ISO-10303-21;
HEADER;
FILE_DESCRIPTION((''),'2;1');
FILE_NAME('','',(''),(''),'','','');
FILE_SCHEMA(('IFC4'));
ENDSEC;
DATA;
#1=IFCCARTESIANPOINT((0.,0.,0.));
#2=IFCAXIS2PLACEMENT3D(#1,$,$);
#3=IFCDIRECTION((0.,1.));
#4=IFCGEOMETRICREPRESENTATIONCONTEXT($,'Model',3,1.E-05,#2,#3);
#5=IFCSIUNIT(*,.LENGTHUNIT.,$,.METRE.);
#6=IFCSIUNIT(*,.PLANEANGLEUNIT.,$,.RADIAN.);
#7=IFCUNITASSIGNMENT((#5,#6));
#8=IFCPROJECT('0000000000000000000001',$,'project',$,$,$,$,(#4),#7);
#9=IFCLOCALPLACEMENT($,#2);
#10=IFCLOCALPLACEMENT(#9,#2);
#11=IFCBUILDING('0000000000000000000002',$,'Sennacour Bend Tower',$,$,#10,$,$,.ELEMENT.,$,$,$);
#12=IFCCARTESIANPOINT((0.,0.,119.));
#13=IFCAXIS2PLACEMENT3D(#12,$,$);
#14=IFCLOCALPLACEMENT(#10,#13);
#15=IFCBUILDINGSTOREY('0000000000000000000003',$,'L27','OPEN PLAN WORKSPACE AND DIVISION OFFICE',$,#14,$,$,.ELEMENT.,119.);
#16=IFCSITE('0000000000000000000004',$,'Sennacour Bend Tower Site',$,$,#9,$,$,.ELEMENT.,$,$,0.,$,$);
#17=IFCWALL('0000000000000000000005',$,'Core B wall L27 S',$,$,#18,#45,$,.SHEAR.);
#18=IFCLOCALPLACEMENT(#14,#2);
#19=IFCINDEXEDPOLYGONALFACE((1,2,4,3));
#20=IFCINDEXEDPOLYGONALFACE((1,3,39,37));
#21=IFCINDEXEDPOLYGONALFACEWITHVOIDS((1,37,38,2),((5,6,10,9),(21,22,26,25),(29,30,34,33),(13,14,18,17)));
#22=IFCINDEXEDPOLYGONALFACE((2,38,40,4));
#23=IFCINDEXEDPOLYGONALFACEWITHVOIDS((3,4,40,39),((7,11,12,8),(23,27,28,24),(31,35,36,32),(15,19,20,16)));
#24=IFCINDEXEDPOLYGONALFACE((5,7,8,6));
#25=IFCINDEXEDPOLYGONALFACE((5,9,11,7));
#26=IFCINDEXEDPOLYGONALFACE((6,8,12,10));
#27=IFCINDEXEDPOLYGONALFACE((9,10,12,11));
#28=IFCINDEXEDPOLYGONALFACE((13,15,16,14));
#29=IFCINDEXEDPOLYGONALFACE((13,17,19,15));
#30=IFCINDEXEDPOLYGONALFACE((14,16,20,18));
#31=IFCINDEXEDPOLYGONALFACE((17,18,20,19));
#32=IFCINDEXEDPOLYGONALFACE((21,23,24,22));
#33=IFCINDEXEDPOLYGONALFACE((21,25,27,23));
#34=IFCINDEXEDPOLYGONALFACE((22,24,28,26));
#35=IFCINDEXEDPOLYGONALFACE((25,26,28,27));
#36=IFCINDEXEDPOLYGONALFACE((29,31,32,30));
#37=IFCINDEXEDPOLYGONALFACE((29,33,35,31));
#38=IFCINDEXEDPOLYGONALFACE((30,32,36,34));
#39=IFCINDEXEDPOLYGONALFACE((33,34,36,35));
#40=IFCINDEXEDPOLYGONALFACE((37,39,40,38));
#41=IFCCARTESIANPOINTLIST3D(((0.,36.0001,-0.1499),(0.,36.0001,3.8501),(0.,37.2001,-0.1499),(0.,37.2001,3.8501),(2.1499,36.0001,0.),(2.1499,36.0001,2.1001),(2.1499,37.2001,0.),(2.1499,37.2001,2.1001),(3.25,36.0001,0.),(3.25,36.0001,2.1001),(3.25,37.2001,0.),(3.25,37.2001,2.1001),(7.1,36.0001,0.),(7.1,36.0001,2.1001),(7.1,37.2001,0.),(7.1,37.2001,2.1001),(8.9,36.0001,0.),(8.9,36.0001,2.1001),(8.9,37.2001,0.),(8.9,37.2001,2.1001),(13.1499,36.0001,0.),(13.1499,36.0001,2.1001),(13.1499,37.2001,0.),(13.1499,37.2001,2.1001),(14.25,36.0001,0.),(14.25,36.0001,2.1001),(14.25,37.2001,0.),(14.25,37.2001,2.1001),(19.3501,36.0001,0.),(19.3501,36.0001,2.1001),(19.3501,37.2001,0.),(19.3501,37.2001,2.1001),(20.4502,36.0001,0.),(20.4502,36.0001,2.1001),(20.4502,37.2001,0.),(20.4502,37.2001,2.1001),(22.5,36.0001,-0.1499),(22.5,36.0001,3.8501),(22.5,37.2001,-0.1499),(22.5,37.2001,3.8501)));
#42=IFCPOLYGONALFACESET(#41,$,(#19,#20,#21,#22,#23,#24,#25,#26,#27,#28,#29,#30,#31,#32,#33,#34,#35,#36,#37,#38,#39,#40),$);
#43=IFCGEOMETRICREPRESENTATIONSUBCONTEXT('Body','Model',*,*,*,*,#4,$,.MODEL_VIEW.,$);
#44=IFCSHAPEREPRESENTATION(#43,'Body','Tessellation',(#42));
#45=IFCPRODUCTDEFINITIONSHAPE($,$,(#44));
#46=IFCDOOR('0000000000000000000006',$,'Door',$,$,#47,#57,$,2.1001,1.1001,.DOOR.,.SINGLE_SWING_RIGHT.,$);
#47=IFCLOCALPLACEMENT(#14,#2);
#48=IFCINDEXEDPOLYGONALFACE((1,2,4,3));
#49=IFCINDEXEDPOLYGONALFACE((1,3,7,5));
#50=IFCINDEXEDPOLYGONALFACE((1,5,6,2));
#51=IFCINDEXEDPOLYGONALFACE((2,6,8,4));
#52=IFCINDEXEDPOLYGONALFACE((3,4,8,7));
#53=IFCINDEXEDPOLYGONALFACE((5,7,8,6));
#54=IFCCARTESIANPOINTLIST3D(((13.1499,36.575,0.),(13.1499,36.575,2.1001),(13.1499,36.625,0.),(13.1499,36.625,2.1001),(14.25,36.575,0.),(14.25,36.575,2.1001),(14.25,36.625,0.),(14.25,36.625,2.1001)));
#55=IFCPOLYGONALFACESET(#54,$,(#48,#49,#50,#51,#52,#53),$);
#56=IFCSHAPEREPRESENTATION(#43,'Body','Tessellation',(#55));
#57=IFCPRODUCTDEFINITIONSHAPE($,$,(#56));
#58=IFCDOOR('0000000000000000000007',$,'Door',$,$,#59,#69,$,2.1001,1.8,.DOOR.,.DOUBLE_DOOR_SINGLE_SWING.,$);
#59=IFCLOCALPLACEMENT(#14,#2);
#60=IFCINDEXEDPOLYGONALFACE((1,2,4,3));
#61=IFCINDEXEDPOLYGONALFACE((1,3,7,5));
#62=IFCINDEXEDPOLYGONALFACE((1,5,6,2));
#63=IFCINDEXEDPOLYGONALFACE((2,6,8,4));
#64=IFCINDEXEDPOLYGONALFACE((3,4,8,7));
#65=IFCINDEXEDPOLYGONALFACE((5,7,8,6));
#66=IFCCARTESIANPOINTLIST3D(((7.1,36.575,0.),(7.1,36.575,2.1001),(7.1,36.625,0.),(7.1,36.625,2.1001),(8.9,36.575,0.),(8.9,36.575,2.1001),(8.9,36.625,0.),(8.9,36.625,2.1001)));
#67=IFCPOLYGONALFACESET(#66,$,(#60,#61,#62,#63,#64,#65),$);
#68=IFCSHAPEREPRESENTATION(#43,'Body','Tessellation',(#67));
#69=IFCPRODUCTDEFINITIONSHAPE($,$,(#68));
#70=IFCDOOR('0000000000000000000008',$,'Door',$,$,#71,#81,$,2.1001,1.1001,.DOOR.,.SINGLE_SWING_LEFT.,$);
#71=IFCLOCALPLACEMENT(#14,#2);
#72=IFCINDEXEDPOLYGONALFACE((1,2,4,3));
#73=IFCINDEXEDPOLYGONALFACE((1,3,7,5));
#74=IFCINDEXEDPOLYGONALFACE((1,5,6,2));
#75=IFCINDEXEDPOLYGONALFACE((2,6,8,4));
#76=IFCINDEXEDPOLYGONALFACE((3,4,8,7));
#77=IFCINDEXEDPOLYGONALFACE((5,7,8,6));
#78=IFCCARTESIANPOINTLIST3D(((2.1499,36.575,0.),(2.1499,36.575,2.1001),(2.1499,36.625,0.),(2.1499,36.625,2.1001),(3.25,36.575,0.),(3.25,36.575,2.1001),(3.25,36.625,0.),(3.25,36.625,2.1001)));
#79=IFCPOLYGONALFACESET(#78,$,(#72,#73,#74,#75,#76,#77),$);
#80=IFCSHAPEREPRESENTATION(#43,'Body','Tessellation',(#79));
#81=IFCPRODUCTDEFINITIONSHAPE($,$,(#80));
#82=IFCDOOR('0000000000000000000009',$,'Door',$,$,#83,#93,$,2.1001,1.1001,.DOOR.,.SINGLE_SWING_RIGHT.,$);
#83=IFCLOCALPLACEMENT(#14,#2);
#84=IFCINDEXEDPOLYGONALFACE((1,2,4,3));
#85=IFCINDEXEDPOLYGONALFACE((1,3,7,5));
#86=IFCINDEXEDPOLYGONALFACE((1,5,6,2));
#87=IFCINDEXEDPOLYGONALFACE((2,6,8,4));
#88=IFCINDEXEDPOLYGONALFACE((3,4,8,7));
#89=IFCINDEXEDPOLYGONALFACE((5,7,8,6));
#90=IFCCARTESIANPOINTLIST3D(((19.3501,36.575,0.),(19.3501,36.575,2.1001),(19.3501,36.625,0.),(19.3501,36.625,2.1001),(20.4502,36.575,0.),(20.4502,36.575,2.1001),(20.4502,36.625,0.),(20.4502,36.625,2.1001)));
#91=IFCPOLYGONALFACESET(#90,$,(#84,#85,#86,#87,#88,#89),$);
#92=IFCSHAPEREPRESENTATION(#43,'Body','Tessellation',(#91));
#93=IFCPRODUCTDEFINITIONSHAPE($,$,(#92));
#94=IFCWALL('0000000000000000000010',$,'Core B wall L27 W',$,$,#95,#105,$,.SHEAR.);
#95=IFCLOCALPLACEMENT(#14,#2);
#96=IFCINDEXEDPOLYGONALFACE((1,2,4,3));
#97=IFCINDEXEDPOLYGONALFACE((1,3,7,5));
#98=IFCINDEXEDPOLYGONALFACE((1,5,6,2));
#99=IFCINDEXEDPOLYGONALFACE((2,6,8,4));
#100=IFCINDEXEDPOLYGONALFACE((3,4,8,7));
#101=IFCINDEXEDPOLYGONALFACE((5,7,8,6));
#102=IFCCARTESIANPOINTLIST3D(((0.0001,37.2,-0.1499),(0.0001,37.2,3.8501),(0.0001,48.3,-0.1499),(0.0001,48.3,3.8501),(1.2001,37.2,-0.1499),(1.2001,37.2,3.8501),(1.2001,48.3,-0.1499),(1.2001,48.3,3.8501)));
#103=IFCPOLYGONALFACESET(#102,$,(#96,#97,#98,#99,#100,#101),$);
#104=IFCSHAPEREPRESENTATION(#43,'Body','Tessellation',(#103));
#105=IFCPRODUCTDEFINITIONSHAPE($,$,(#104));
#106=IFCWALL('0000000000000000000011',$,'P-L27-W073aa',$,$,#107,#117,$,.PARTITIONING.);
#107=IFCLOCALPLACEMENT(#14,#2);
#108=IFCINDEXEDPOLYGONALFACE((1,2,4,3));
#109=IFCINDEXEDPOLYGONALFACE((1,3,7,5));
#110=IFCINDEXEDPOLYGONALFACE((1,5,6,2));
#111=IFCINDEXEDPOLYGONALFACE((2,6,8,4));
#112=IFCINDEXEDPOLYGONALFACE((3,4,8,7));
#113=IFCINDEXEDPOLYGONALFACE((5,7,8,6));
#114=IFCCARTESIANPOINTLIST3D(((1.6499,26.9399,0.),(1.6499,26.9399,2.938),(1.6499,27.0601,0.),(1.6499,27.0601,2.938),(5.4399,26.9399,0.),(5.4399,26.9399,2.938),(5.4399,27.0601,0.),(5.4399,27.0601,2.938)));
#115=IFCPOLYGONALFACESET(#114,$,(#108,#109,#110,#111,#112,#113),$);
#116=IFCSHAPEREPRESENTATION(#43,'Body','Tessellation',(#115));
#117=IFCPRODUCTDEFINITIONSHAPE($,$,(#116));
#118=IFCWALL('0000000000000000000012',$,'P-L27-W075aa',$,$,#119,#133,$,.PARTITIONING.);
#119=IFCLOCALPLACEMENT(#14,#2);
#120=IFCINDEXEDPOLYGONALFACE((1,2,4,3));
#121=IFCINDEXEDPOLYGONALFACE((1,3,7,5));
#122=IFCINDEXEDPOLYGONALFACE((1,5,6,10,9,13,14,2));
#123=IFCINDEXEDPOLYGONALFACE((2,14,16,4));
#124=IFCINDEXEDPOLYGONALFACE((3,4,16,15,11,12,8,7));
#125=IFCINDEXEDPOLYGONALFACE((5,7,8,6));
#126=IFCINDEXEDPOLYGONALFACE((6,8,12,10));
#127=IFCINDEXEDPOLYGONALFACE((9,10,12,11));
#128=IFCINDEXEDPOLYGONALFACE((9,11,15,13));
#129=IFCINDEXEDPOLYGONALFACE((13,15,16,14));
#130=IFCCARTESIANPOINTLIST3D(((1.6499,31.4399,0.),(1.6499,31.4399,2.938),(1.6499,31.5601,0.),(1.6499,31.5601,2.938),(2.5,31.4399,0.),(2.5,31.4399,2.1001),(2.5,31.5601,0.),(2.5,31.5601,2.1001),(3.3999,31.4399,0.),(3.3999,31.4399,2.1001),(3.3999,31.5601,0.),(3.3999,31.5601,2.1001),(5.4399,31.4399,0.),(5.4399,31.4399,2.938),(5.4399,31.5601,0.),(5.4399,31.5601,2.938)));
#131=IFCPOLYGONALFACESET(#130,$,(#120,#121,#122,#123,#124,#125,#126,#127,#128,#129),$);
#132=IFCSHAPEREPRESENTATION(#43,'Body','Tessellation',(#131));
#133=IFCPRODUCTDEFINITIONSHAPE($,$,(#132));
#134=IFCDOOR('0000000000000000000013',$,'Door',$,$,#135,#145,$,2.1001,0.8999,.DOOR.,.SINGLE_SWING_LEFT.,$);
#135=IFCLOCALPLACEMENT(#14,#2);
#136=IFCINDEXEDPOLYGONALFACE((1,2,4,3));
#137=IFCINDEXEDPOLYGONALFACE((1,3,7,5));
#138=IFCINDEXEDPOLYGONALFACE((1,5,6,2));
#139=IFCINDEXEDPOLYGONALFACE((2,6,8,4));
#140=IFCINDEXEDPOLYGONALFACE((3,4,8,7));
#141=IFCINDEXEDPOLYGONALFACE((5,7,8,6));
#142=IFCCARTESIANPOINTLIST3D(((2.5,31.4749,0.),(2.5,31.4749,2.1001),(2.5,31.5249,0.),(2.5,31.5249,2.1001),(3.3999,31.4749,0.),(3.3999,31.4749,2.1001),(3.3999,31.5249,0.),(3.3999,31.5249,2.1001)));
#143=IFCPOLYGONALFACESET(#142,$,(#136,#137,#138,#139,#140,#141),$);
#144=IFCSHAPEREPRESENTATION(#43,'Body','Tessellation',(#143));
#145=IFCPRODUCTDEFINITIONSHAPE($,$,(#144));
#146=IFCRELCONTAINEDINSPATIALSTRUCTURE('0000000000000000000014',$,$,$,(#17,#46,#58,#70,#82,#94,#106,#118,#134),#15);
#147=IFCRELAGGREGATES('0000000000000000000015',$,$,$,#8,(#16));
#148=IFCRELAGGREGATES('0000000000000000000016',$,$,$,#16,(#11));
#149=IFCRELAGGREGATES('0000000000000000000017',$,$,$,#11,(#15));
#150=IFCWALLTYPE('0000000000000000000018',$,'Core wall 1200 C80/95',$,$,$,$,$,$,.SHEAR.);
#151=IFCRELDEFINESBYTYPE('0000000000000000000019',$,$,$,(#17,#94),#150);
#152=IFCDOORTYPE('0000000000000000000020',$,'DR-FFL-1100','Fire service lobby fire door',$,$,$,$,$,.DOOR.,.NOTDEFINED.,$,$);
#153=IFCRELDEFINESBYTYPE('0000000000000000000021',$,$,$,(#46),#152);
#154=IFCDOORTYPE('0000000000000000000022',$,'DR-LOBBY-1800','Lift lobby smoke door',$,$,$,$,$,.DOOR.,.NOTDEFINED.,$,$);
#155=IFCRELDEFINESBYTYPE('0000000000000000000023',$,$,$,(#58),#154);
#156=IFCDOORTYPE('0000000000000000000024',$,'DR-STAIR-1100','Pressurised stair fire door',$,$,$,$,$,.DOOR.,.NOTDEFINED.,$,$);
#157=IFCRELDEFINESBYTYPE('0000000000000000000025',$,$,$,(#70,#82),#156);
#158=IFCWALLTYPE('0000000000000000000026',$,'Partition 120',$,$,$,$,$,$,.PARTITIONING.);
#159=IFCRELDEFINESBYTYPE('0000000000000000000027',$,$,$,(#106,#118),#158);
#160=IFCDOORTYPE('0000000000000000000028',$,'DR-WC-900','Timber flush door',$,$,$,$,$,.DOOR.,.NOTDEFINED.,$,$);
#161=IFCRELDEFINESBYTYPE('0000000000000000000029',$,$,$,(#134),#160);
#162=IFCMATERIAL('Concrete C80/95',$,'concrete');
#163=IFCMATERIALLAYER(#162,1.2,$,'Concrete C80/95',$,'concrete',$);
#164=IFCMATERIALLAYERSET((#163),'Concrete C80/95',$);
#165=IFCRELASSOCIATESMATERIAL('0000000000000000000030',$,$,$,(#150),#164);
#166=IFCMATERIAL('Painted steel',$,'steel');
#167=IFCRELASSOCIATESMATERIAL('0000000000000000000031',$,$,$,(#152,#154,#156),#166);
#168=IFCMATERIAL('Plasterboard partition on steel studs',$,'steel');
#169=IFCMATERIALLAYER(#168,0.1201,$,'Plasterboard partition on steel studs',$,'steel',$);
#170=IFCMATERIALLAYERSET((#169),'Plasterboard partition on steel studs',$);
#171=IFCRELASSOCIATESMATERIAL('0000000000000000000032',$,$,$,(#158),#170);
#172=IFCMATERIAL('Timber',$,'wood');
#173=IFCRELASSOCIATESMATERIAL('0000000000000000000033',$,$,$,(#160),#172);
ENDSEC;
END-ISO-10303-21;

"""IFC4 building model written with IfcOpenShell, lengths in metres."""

from ifc_helpers import new_model, si_unit, direction, frame, frame_2d, origin, place, context, subcontext, project, spatial, rectangle, extrude, material, layer, layer_set, type_object, element, fill, save


model = new_model("IFC4")

# Units and contexts
model_context = context("Model", 3, precision=1e-05, world=origin(), true_north=direction((0.0, 1.0)))
body_context = subcontext(model_context, "Body", "Model", "MODEL_VIEW")
ifc_project = project(units=[si_unit("LENGTHUNIT", "METRE"), si_unit("PLANEANGLEUNIT", "RADIAN")], contexts=[model_context])

# Site, building, storey
site_placement = place(None, origin())
site = spatial("IfcSite", under=ifc_project, at=site_placement, Name="Sennacour Bend Tower Site", CompositionType="ELEMENT", RefElevation=0.0)
building_placement = place(site_placement, origin())
building = spatial("IfcBuilding", under=site, at=building_placement, Name="Sennacour Bend Tower", CompositionType="ELEMENT")
storey_placement = place(building_placement, frame((0.0, 0.0, 119.0)))
storey = spatial("IfcBuildingStorey", under=building, at=storey_placement, Name="L27", Description="OPEN PLAN WORKSPACE AND DIVISION OFFICE", CompositionType="ELEMENT", Elevation=119.0)

# Wall, openings, doors
ifc_material_1 = material(Name="Concrete C80/95", Category="concrete")
ifc_layer_1 = layer(ifc_material_1, 1.2, Name="Concrete C80/95", Category="concrete")
ifc_layer_set_1 = layer_set([ifc_layer_1], Name="Concrete C80/95")
wall_type_1 = type_object("IfcWallType", Name="Core wall 1200 C80/95", PredefinedType="SHEAR", material=ifc_layer_set_1)
wall_1_placement = place(storey_placement, frame((0.0, 36.6001, -0.1499), z_axis=(0.0, 0.0, 1.0), x_axis=(1.0, 0.0, 0.0)))
wall_1 = element("IfcWall", 1, at=wall_1_placement, inside=storey, type_object=wall_type_1, Name="Core B wall L27 S", PredefinedType="SHEAR", context=body_context, shape_type="SweptSolid", body=[
    extrude(rectangle(XDim=22.5, YDim=1.2, at=frame_2d((11.25, 0.0))), origin(), (0.0, 0.0, 1.0), 4.0),
])
opening_1_placement = place(wall_1_placement, frame((7.1001, 0.0, 0.1499)))
opening_1 = element("IfcOpeningElement", 2, at=opening_1_placement, cuts=wall_1, PredefinedType="OPENING", context=body_context, shape_type="SweptSolid", body=[
    extrude(rectangle(XDim=1.8, YDim=2.1001, at=frame_2d((0.8999, 1.05))), frame((0.0, 0.6099, 0.0), z_axis=(0.0, -1.0, 0.0), x_axis=(1.0, 0.0, 0.0)), (0.0, 0.0, 1.0), 1.22),
])
opening_2_placement = place(wall_1_placement, frame((13.1499, 0.0, 0.1499)))
opening_2 = element("IfcOpeningElement", 3, at=opening_2_placement, cuts=wall_1, PredefinedType="OPENING", context=body_context, shape_type="SweptSolid", body=[
    extrude(rectangle(XDim=1.1001, YDim=2.1001, at=frame_2d((0.55, 1.05))), frame((0.0, 0.6099, 0.0), z_axis=(0.0, -1.0, 0.0), x_axis=(1.0, 0.0, 0.0)), (0.0, 0.0, 1.0), 1.22),
])
opening_3_placement = place(wall_1_placement, frame((2.1499, 0.0, 0.1499)))
opening_3 = element("IfcOpeningElement", 4, at=opening_3_placement, cuts=wall_1, PredefinedType="OPENING", context=body_context, shape_type="SweptSolid", body=[
    extrude(rectangle(XDim=1.1001, YDim=2.1001, at=frame_2d((0.55, 1.05))), frame((0.0, 0.6099, 0.0), z_axis=(0.0, -1.0, 0.0), x_axis=(1.0, 0.0, 0.0)), (0.0, 0.0, 1.0), 1.22),
])
opening_4_placement = place(wall_1_placement, frame((19.3501, 0.0, 0.1499)))
opening_4 = element("IfcOpeningElement", 5, at=opening_4_placement, cuts=wall_1, PredefinedType="OPENING", context=body_context, shape_type="SweptSolid", body=[
    extrude(rectangle(XDim=1.1001, YDim=2.1001, at=frame_2d((0.55, 1.05))), frame((0.0, 0.6099, 0.0), z_axis=(0.0, -1.0, 0.0), x_axis=(1.0, 0.0, 0.0)), (0.0, 0.0, 1.0), 1.22),
])
ifc_material_2 = material(Name="Painted steel", Category="steel")
door_type_1 = type_object("IfcDoorType", Name="DR-FFL-1100", Description="Fire service lobby fire door", OperationType="NOTDEFINED", PredefinedType="DOOR", material=ifc_material_2)
door_1_placement = place(opening_2_placement, origin())
door_1 = element("IfcDoor", 6, at=door_1_placement, inside=storey, type_object=door_type_1, Name="Door", OperationType="SINGLE_SWING_RIGHT", OverallHeight=2.1001, OverallWidth=1.1001, PredefinedType="DOOR", context=body_context, shape_type="SweptSolid", body=[
    extrude(rectangle(XDim=1.1001, YDim=2.1001, at=frame_2d((0.55, 1.05))), frame((0.0, 0.0249, 0.0), z_axis=(0.0, -1.0, 0.0), x_axis=(1.0, 0.0, 0.0)), (0.0, 0.0, 1.0), 0.05),
])
fill(opening_2, door_1)
door_type_2 = type_object("IfcDoorType", Name="DR-LOBBY-1800", Description="Lift lobby smoke door", OperationType="NOTDEFINED", PredefinedType="DOOR", material=ifc_material_2)
door_2_placement = place(opening_1_placement, origin())
door_2 = element("IfcDoor", 7, at=door_2_placement, inside=storey, type_object=door_type_2, Name="Door", OperationType="DOUBLE_DOOR_SINGLE_SWING", OverallHeight=2.1001, OverallWidth=1.8, PredefinedType="DOOR", context=body_context, shape_type="SweptSolid", body=[
    extrude(rectangle(XDim=1.8, YDim=2.1001, at=frame_2d((0.8999, 1.05))), frame((0.0, 0.0249, 0.0), z_axis=(0.0, -1.0, 0.0), x_axis=(1.0, 0.0, 0.0)), (0.0, 0.0, 1.0), 0.05),
])
fill(opening_1, door_2)
door_type_3 = type_object("IfcDoorType", Name="DR-STAIR-1100", Description="Pressurised stair fire door", OperationType="NOTDEFINED", PredefinedType="DOOR", material=ifc_material_2)
door_3_placement = place(opening_3_placement, origin())
door_3 = element("IfcDoor", 8, at=door_3_placement, inside=storey, type_object=door_type_3, Name="Door", OperationType="SINGLE_SWING_LEFT", OverallHeight=2.1001, OverallWidth=1.1001, PredefinedType="DOOR", context=body_context, shape_type="SweptSolid", body=[
    extrude(rectangle(XDim=1.1001, YDim=2.1001, at=frame_2d((0.55, 1.05))), frame((0.0, 0.0249, 0.0), z_axis=(0.0, -1.0, 0.0), x_axis=(1.0, 0.0, 0.0)), (0.0, 0.0, 1.0), 0.05),
])
fill(opening_3, door_3)
door_4_placement = place(opening_4_placement, origin())
door_4 = element("IfcDoor", 9, at=door_4_placement, inside=storey, type_object=door_type_3, Name="Door", OperationType="SINGLE_SWING_RIGHT", OverallHeight=2.1001, OverallWidth=1.1001, PredefinedType="DOOR", context=body_context, shape_type="SweptSolid", body=[
    extrude(rectangle(XDim=1.1001, YDim=2.1001, at=frame_2d((0.55, 1.05))), frame((0.0, 0.0249, 0.0), z_axis=(0.0, -1.0, 0.0), x_axis=(1.0, 0.0, 0.0)), (0.0, 0.0, 1.0), 0.05),
])
fill(opening_4, door_4)

# Walls
wall_2_placement = place(storey_placement, frame((0.6001, 37.2, -0.1499), z_axis=(0.0, 0.0, 1.0), x_axis=(0.0, 1.0, 0.0)))
element("IfcWall", 10, at=wall_2_placement, inside=storey, type_object=wall_type_1, Name="Core B wall L27 W", PredefinedType="SHEAR", context=body_context, shape_type="SweptSolid", body=[
    extrude(rectangle(XDim=11.1001, YDim=1.2, at=frame_2d((5.55, 0.0))), origin(), (0.0, 0.0, 1.0), 4.0),
])
ifc_material_3 = material(Name="Plasterboard partition on steel studs", Category="steel")
ifc_layer_2 = layer(ifc_material_3, 0.1201, Name="Plasterboard partition on steel studs", Category="steel")
ifc_layer_set_2 = layer_set([ifc_layer_2], Name="Plasterboard partition on steel studs")
wall_type_2 = type_object("IfcWallType", Name="Partition 120", PredefinedType="PARTITIONING", material=ifc_layer_set_2)
wall_3_placement = place(storey_placement, frame((1.6499, 27.0, 0.0), z_axis=(0.0, 0.0, 1.0), x_axis=(1.0, 0.0, 0.0)))
element("IfcWall", 11, at=wall_3_placement, inside=storey, type_object=wall_type_2, Name="P-L27-W073aa", PredefinedType="PARTITIONING", context=body_context, shape_type="SweptSolid", body=[
    extrude(rectangle(XDim=3.79, YDim=0.1201, at=frame_2d((1.895, 0.0))), origin(), (0.0, 0.0, 1.0), 2.938),
])

# Wall, opening, door
wall_4_placement = place(storey_placement, frame((1.6499, 31.5, 0.0), z_axis=(0.0, 0.0, 1.0), x_axis=(1.0, 0.0, 0.0)))
wall_4 = element("IfcWall", 12, at=wall_4_placement, inside=storey, type_object=wall_type_2, Name="P-L27-W075aa", PredefinedType="PARTITIONING", context=body_context, shape_type="SweptSolid", body=[
    extrude(rectangle(XDim=3.79, YDim=0.1201, at=frame_2d((1.895, 0.0))), origin(), (0.0, 0.0, 1.0), 2.938),
])
opening_5_placement = place(wall_4_placement, frame((0.8501, 0.0, 0.0)))
opening_5 = element("IfcOpeningElement", 13, at=opening_5_placement, cuts=wall_4, PredefinedType="OPENING", context=body_context, shape_type="SweptSolid", body=[
    extrude(rectangle(XDim=0.8999, YDim=2.1001, at=frame_2d((0.45, 1.05))), frame((0.0, 0.0701, 0.0), z_axis=(0.0, -1.0, 0.0), x_axis=(1.0, 0.0, 0.0)), (0.0, 0.0, 1.0), 0.1401),
])
ifc_material_4 = material(Name="Timber", Category="wood")
door_type_4 = type_object("IfcDoorType", Name="DR-WC-900", Description="Timber flush door", OperationType="NOTDEFINED", PredefinedType="DOOR", material=ifc_material_4)
door_5_placement = place(opening_5_placement, origin())
door_5 = element("IfcDoor", 14, at=door_5_placement, inside=storey, type_object=door_type_4, Name="Door", OperationType="SINGLE_SWING_LEFT", OverallHeight=2.1001, OverallWidth=0.8999, PredefinedType="DOOR", context=body_context, shape_type="SweptSolid", body=[
    extrude(rectangle(XDim=0.8999, YDim=2.1001, at=frame_2d((0.45, 1.05))), frame((0.0, 0.0249, 0.0), z_axis=(0.0, -1.0, 0.0), x_axis=(1.0, 0.0, 0.0)), (0.0, 0.0, 1.0), 0.05),
])
fill(opening_5, door_5)

save(model, "model.ifc")
